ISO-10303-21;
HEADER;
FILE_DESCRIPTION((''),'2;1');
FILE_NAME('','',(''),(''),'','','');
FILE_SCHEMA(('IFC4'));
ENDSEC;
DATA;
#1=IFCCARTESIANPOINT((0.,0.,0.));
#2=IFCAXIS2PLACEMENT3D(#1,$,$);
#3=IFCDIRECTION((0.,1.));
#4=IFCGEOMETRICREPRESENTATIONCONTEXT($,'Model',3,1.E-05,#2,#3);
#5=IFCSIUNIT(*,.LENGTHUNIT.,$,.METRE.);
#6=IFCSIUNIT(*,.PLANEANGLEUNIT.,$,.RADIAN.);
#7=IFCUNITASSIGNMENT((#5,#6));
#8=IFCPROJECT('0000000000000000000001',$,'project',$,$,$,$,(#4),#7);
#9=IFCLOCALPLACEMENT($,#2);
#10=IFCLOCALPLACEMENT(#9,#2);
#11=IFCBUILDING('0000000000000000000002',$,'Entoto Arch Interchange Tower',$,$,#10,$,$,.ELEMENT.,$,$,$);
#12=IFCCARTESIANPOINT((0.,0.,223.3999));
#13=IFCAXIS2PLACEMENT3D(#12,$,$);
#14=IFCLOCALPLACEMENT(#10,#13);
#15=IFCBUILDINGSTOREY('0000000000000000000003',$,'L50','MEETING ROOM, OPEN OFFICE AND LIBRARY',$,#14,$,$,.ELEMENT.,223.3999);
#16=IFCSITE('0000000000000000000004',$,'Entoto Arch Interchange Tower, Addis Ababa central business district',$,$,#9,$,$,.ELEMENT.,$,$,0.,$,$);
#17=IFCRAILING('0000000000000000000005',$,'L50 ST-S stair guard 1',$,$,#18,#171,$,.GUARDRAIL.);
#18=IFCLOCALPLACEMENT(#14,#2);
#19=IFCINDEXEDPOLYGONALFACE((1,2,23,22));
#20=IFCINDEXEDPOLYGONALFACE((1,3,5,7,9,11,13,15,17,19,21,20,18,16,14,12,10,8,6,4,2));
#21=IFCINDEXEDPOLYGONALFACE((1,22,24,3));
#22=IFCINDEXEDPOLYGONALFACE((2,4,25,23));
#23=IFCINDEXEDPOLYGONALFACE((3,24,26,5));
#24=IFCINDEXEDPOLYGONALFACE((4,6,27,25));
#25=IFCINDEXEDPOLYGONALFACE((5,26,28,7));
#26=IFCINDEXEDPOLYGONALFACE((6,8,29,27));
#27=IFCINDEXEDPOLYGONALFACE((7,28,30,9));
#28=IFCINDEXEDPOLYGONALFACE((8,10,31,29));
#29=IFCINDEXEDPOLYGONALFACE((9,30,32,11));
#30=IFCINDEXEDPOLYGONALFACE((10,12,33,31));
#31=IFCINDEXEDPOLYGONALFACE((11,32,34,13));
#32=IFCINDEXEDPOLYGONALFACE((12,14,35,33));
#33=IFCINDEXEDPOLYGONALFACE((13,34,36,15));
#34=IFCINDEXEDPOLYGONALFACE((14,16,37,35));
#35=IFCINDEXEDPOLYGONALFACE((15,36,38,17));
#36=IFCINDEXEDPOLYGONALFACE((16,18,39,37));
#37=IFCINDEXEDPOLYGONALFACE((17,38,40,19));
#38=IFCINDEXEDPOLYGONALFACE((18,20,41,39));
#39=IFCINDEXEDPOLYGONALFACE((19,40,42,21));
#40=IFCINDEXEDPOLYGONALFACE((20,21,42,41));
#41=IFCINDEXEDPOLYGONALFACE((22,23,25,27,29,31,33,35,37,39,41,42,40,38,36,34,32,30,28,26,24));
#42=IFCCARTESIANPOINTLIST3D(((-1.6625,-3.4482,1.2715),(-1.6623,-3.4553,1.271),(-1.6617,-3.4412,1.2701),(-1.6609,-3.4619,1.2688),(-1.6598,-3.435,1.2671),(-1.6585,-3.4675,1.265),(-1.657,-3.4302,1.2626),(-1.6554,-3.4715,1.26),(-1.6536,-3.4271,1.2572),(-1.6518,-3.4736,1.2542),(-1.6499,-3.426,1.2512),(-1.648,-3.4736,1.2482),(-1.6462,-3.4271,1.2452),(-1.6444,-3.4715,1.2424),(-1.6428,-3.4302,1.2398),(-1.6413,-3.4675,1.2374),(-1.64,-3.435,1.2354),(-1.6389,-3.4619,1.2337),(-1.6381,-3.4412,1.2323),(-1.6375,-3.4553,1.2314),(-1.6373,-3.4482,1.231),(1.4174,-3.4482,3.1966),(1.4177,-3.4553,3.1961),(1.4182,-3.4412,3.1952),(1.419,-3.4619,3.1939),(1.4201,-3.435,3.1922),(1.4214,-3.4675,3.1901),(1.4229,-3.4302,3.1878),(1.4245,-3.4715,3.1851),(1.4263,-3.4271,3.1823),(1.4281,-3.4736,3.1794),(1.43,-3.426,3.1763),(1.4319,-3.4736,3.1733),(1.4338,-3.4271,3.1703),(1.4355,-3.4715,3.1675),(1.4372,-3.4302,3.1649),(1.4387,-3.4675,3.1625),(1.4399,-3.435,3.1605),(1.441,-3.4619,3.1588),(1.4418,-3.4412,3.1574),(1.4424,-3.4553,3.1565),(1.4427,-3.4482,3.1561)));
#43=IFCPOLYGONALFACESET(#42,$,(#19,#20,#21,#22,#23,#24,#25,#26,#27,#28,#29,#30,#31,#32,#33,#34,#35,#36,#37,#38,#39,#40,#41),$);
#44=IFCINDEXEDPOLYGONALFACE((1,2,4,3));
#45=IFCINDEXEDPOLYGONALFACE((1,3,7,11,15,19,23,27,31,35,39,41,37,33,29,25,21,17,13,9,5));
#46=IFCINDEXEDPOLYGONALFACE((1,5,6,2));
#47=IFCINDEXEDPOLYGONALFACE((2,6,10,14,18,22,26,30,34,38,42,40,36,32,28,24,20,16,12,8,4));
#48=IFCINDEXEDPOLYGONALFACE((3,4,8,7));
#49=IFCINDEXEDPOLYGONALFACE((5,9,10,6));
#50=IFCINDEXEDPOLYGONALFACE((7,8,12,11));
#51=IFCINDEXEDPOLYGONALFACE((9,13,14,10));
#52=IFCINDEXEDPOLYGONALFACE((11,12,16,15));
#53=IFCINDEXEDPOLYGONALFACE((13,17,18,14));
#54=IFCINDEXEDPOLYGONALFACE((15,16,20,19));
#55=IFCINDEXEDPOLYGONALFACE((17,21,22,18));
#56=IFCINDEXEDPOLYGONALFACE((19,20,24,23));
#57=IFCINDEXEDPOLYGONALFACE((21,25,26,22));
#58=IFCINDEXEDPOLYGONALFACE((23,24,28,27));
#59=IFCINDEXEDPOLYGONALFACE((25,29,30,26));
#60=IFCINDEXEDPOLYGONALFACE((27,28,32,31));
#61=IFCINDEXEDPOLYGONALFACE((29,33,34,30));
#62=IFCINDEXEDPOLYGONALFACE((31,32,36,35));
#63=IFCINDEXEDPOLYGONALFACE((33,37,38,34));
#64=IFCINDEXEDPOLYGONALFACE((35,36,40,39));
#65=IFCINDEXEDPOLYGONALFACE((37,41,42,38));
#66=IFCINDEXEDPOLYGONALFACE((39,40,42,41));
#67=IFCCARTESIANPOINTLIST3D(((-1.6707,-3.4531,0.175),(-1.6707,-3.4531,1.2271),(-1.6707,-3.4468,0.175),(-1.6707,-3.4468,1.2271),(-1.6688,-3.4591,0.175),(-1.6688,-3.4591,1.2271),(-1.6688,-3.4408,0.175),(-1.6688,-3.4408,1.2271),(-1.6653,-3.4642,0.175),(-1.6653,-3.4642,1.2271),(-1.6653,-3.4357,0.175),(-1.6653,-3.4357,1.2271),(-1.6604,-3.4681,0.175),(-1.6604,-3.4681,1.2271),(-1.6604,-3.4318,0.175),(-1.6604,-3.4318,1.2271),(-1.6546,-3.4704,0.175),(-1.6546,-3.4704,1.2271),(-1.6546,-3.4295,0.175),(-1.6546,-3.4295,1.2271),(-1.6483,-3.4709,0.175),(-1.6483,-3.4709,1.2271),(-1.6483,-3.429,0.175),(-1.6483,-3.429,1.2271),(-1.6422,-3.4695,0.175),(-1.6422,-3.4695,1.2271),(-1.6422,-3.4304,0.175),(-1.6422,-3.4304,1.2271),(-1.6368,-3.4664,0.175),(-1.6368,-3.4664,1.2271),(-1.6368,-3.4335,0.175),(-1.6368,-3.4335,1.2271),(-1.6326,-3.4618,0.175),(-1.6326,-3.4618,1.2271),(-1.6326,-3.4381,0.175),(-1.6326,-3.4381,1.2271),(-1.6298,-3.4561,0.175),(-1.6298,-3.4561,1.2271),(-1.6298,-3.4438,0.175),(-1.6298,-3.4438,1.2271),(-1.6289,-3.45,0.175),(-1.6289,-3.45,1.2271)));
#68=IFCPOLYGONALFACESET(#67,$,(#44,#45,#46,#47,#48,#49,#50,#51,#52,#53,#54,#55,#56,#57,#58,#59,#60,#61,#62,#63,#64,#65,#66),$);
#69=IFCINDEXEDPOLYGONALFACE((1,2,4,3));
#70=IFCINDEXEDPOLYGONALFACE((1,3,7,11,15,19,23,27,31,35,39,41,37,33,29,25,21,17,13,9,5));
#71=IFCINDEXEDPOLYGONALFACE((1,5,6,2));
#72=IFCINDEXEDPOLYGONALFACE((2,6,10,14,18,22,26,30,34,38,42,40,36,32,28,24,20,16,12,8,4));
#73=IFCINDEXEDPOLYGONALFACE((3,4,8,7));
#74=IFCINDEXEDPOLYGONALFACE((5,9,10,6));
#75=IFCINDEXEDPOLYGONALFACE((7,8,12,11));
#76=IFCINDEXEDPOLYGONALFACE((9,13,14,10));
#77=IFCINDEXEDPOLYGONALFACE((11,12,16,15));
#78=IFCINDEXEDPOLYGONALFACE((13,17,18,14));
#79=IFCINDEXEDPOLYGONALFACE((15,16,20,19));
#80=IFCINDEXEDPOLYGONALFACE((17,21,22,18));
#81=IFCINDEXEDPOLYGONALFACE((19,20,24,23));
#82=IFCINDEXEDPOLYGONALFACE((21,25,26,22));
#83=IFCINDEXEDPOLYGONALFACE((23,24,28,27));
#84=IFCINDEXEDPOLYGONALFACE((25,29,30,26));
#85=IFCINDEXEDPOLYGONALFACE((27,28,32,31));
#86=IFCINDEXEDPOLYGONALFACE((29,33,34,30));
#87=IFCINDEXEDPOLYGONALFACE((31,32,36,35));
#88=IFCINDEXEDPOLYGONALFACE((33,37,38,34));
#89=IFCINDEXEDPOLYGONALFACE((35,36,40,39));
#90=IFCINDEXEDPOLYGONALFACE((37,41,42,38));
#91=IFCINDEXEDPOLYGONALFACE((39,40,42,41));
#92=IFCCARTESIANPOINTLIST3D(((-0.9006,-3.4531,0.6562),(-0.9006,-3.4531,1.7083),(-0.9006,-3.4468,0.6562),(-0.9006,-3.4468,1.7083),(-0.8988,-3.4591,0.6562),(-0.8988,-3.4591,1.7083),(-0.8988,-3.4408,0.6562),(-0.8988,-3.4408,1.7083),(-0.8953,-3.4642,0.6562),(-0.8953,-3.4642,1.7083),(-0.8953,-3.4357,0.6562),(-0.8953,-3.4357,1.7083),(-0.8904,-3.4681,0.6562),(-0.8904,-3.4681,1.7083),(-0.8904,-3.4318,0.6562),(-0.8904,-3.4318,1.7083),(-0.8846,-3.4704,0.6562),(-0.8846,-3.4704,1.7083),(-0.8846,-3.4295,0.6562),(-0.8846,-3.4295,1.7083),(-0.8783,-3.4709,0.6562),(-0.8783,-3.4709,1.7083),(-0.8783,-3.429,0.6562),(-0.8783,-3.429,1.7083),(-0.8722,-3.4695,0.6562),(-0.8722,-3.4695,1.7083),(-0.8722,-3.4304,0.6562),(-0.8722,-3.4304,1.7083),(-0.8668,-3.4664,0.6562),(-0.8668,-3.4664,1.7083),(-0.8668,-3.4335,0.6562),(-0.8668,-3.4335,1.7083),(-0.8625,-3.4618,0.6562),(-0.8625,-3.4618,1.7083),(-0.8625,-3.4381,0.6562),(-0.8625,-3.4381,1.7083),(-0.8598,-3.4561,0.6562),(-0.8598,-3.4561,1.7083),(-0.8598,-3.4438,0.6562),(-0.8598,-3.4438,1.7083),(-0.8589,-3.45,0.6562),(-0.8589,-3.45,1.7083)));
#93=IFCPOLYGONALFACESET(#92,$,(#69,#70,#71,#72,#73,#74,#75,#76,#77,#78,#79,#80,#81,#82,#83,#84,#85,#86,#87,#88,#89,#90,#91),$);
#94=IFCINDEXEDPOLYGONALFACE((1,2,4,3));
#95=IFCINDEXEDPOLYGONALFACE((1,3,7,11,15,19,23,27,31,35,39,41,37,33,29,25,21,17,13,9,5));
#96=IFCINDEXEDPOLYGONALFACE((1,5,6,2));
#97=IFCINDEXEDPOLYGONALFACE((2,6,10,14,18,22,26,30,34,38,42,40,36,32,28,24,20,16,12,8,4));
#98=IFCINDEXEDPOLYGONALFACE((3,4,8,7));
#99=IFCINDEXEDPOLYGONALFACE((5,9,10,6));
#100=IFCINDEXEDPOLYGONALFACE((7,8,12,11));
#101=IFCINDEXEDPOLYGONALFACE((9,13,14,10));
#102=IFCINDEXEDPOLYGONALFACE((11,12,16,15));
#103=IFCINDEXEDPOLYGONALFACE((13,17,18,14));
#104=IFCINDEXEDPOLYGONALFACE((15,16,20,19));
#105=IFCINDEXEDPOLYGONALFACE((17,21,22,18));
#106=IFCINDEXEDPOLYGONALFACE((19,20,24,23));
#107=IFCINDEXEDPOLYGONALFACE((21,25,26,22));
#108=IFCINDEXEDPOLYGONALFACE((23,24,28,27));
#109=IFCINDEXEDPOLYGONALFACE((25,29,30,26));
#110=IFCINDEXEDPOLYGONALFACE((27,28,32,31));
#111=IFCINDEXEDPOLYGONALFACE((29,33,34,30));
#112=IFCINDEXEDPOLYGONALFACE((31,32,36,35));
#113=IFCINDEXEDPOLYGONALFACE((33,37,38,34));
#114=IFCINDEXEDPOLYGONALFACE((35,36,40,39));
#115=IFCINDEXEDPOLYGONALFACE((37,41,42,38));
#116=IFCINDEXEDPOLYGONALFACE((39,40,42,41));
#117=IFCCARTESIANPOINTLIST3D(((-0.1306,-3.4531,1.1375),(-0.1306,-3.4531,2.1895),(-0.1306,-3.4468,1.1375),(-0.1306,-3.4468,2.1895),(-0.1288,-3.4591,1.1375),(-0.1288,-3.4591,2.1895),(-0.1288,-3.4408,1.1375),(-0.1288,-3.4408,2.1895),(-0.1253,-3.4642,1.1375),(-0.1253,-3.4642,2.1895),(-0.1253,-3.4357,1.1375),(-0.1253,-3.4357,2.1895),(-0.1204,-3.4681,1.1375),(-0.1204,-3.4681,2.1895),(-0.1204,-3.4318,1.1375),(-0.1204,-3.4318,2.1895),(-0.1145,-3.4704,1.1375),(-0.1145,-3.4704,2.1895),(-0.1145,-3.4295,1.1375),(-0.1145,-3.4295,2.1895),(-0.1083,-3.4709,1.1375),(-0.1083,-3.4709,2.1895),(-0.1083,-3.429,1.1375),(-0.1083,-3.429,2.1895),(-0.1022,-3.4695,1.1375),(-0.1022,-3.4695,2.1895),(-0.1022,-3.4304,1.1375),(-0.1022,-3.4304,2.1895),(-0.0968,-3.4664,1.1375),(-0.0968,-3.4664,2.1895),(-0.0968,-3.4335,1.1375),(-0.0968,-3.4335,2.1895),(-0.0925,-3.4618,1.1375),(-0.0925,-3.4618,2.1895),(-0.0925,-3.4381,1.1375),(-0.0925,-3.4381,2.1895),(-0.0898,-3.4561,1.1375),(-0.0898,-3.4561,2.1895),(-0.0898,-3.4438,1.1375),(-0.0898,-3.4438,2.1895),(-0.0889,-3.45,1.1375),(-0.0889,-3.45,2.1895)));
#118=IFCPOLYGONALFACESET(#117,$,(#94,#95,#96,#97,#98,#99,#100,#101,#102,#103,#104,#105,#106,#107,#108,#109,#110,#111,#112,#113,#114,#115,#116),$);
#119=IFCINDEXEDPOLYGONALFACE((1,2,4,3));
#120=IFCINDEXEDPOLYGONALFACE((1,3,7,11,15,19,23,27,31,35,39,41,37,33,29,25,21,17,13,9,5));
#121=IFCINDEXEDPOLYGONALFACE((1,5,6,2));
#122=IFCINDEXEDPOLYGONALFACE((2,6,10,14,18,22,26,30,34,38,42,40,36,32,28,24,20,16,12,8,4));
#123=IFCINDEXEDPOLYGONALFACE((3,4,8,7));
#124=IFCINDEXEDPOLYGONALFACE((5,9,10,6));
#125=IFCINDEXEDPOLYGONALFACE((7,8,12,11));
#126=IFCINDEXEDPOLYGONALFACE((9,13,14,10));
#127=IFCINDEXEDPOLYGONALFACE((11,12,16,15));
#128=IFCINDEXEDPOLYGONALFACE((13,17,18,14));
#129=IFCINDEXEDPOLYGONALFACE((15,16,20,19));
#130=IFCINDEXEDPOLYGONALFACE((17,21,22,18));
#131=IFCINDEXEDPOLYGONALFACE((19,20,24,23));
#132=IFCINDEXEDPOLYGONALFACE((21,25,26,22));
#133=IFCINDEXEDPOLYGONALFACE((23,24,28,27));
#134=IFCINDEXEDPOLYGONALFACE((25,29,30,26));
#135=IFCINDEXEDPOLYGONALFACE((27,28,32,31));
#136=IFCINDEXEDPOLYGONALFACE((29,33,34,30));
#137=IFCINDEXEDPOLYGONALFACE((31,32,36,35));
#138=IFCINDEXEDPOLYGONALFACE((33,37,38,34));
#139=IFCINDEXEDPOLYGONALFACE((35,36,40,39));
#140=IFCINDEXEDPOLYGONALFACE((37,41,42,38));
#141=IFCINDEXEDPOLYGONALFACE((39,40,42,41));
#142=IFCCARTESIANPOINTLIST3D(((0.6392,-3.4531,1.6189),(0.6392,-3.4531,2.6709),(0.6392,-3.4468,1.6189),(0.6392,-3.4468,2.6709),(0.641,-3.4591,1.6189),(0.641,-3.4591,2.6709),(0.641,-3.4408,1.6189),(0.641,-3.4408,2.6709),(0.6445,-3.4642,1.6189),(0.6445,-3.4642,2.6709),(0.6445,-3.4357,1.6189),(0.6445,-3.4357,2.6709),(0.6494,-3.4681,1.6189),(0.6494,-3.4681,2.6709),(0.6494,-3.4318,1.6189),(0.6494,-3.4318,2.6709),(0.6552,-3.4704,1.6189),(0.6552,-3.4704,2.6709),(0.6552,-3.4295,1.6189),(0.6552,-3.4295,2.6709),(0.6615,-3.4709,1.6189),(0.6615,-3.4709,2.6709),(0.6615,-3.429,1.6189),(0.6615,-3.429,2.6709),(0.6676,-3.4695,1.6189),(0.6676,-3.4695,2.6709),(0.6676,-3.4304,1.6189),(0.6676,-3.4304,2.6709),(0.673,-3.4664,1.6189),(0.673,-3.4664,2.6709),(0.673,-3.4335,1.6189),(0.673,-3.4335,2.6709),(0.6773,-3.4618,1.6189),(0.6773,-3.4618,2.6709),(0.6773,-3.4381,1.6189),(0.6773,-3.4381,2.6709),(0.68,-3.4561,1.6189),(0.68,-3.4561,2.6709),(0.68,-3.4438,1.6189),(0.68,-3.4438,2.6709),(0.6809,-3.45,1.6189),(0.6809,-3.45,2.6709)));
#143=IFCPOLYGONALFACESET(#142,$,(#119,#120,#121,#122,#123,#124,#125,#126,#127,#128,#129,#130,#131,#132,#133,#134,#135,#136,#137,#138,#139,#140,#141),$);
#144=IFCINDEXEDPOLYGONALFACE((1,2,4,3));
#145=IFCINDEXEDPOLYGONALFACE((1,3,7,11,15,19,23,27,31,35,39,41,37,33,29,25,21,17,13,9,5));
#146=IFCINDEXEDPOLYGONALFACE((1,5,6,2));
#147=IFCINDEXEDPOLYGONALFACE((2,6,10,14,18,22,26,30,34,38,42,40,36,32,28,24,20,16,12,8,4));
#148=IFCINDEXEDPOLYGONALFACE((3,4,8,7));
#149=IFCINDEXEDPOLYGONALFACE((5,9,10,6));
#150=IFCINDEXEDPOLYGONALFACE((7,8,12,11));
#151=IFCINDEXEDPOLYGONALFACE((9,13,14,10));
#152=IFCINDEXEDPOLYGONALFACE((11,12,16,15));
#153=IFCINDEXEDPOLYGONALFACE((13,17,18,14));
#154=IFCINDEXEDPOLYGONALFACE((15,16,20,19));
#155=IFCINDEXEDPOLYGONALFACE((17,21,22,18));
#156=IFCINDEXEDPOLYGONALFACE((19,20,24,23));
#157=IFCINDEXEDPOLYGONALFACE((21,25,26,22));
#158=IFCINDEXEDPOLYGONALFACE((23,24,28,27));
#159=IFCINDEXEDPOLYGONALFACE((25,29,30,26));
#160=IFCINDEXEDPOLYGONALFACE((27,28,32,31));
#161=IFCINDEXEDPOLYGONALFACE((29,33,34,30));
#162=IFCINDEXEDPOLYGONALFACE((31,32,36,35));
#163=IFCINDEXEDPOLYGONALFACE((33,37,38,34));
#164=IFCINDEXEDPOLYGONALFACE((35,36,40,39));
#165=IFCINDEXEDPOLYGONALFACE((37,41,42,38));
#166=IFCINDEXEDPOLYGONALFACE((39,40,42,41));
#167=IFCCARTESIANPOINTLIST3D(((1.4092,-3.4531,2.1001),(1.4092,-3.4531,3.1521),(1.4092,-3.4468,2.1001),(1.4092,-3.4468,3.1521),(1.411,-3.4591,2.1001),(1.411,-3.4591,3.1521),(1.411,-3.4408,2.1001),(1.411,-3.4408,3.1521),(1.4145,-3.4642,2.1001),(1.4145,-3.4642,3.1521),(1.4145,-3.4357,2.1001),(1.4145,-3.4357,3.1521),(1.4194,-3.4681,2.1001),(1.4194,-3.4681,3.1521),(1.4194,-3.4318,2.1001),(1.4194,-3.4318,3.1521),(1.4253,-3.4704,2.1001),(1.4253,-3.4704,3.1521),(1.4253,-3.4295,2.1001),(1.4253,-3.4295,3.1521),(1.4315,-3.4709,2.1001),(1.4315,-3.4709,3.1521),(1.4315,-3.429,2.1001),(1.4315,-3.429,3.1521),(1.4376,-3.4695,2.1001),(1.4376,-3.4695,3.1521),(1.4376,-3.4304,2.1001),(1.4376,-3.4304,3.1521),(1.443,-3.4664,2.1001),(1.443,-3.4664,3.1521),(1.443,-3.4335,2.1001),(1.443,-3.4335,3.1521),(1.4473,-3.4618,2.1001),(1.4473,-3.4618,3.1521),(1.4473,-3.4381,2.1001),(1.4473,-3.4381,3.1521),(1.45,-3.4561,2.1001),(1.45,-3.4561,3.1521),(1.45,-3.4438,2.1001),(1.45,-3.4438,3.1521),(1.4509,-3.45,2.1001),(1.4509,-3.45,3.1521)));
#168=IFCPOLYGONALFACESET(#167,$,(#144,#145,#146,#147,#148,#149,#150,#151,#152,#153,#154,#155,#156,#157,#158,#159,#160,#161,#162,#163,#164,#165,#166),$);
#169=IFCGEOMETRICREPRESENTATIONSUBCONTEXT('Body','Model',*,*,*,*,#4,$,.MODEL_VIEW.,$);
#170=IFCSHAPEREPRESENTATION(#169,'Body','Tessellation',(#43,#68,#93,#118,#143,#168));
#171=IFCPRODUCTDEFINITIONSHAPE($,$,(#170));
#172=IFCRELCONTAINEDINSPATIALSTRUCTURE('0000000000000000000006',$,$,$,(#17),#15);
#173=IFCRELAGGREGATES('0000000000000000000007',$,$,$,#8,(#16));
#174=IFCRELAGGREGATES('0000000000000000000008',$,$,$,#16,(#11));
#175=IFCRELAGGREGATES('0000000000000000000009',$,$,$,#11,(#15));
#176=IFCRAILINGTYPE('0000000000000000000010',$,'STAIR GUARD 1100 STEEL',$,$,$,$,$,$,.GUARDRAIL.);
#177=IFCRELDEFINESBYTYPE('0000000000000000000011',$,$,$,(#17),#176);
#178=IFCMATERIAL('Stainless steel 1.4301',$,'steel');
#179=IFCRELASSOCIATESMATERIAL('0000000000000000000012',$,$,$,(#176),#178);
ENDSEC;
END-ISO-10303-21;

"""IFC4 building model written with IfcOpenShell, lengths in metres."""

from ifc_helpers import new_model, si_unit, direction, frame, origin, origin_2d, place, context, subcontext, project, spatial, circle, extrude, material, type_object, element, save


model = new_model("IFC4")

# Units and contexts
model_context = context("Model", 3, precision=1e-05, world=origin(), true_north=direction((0.0, 1.0)))
body_context = subcontext(model_context, "Body", "Model", "MODEL_VIEW")
ifc_project = project(units=[si_unit("LENGTHUNIT", "METRE"), si_unit("PLANEANGLEUNIT", "RADIAN")], contexts=[model_context])

# Site, building, storey
site_placement = place(None, origin())
site = spatial("IfcSite", under=ifc_project, at=site_placement, Name="Entoto Arch Interchange Tower, Addis Ababa central business district", CompositionType="ELEMENT", RefElevation=0.0)
building_placement = place(site_placement, origin())
building = spatial("IfcBuilding", under=site, at=building_placement, Name="Entoto Arch Interchange Tower", CompositionType="ELEMENT")
storey_placement = place(building_placement, frame((0.0, 0.0, 223.3999)))
storey = spatial("IfcBuildingStorey", under=building, at=storey_placement, Name="L50", Description="MEETING ROOM, OPEN OFFICE AND LIBRARY", CompositionType="ELEMENT", Elevation=223.3999)

# Railing
ifc_material_1 = material(Name="Stainless steel 1.4301", Category="steel")
railing_type_1 = type_object("IfcRailingType", Name="STAIR GUARD 1100 STEEL", PredefinedType="GUARDRAIL", material=ifc_material_1)
railing_1_placement = place(storey_placement, frame((-1.6499, -3.45, 0.175)))
element("IfcRailing", 1, at=railing_1_placement, inside=storey, type_object=railing_type_1, Name="L50 ST-S stair guard 1", PredefinedType="GUARDRAIL", context=body_context, shape_type="SweptSolid", body=[
    extrude(circle(Radius=0.0239, at=origin_2d()), frame((0.0, 0.0, 1.0762), z_axis=(0.847979, 0.0, 0.530029), x_axis=(0.0, 1.0, 0.0)), (0.0, 0.0, 1.0), 3.6321),
    extrude(circle(Radius=0.021, at=origin_2d()), origin(), (0.0, 0.0, 1.0), 1.052),
    extrude(circle(Radius=0.021, at=origin_2d()), frame((0.77, 0.0, 0.4812)), (0.0, 0.0, 1.0), 1.052),
    extrude(circle(Radius=0.021, at=origin_2d()), frame((1.54, 0.0, 0.9624)), (0.0, 0.0, 1.0), 1.052),
    extrude(circle(Radius=0.021, at=origin_2d()), frame((2.3098, 0.0, 1.4438)), (0.0, 0.0, 1.0), 1.052),
    extrude(circle(Radius=0.021, at=origin_2d()), frame((3.0798, 0.0, 1.925)), (0.0, 0.0, 1.0), 1.052),
])

save(model, "model.ifc")
